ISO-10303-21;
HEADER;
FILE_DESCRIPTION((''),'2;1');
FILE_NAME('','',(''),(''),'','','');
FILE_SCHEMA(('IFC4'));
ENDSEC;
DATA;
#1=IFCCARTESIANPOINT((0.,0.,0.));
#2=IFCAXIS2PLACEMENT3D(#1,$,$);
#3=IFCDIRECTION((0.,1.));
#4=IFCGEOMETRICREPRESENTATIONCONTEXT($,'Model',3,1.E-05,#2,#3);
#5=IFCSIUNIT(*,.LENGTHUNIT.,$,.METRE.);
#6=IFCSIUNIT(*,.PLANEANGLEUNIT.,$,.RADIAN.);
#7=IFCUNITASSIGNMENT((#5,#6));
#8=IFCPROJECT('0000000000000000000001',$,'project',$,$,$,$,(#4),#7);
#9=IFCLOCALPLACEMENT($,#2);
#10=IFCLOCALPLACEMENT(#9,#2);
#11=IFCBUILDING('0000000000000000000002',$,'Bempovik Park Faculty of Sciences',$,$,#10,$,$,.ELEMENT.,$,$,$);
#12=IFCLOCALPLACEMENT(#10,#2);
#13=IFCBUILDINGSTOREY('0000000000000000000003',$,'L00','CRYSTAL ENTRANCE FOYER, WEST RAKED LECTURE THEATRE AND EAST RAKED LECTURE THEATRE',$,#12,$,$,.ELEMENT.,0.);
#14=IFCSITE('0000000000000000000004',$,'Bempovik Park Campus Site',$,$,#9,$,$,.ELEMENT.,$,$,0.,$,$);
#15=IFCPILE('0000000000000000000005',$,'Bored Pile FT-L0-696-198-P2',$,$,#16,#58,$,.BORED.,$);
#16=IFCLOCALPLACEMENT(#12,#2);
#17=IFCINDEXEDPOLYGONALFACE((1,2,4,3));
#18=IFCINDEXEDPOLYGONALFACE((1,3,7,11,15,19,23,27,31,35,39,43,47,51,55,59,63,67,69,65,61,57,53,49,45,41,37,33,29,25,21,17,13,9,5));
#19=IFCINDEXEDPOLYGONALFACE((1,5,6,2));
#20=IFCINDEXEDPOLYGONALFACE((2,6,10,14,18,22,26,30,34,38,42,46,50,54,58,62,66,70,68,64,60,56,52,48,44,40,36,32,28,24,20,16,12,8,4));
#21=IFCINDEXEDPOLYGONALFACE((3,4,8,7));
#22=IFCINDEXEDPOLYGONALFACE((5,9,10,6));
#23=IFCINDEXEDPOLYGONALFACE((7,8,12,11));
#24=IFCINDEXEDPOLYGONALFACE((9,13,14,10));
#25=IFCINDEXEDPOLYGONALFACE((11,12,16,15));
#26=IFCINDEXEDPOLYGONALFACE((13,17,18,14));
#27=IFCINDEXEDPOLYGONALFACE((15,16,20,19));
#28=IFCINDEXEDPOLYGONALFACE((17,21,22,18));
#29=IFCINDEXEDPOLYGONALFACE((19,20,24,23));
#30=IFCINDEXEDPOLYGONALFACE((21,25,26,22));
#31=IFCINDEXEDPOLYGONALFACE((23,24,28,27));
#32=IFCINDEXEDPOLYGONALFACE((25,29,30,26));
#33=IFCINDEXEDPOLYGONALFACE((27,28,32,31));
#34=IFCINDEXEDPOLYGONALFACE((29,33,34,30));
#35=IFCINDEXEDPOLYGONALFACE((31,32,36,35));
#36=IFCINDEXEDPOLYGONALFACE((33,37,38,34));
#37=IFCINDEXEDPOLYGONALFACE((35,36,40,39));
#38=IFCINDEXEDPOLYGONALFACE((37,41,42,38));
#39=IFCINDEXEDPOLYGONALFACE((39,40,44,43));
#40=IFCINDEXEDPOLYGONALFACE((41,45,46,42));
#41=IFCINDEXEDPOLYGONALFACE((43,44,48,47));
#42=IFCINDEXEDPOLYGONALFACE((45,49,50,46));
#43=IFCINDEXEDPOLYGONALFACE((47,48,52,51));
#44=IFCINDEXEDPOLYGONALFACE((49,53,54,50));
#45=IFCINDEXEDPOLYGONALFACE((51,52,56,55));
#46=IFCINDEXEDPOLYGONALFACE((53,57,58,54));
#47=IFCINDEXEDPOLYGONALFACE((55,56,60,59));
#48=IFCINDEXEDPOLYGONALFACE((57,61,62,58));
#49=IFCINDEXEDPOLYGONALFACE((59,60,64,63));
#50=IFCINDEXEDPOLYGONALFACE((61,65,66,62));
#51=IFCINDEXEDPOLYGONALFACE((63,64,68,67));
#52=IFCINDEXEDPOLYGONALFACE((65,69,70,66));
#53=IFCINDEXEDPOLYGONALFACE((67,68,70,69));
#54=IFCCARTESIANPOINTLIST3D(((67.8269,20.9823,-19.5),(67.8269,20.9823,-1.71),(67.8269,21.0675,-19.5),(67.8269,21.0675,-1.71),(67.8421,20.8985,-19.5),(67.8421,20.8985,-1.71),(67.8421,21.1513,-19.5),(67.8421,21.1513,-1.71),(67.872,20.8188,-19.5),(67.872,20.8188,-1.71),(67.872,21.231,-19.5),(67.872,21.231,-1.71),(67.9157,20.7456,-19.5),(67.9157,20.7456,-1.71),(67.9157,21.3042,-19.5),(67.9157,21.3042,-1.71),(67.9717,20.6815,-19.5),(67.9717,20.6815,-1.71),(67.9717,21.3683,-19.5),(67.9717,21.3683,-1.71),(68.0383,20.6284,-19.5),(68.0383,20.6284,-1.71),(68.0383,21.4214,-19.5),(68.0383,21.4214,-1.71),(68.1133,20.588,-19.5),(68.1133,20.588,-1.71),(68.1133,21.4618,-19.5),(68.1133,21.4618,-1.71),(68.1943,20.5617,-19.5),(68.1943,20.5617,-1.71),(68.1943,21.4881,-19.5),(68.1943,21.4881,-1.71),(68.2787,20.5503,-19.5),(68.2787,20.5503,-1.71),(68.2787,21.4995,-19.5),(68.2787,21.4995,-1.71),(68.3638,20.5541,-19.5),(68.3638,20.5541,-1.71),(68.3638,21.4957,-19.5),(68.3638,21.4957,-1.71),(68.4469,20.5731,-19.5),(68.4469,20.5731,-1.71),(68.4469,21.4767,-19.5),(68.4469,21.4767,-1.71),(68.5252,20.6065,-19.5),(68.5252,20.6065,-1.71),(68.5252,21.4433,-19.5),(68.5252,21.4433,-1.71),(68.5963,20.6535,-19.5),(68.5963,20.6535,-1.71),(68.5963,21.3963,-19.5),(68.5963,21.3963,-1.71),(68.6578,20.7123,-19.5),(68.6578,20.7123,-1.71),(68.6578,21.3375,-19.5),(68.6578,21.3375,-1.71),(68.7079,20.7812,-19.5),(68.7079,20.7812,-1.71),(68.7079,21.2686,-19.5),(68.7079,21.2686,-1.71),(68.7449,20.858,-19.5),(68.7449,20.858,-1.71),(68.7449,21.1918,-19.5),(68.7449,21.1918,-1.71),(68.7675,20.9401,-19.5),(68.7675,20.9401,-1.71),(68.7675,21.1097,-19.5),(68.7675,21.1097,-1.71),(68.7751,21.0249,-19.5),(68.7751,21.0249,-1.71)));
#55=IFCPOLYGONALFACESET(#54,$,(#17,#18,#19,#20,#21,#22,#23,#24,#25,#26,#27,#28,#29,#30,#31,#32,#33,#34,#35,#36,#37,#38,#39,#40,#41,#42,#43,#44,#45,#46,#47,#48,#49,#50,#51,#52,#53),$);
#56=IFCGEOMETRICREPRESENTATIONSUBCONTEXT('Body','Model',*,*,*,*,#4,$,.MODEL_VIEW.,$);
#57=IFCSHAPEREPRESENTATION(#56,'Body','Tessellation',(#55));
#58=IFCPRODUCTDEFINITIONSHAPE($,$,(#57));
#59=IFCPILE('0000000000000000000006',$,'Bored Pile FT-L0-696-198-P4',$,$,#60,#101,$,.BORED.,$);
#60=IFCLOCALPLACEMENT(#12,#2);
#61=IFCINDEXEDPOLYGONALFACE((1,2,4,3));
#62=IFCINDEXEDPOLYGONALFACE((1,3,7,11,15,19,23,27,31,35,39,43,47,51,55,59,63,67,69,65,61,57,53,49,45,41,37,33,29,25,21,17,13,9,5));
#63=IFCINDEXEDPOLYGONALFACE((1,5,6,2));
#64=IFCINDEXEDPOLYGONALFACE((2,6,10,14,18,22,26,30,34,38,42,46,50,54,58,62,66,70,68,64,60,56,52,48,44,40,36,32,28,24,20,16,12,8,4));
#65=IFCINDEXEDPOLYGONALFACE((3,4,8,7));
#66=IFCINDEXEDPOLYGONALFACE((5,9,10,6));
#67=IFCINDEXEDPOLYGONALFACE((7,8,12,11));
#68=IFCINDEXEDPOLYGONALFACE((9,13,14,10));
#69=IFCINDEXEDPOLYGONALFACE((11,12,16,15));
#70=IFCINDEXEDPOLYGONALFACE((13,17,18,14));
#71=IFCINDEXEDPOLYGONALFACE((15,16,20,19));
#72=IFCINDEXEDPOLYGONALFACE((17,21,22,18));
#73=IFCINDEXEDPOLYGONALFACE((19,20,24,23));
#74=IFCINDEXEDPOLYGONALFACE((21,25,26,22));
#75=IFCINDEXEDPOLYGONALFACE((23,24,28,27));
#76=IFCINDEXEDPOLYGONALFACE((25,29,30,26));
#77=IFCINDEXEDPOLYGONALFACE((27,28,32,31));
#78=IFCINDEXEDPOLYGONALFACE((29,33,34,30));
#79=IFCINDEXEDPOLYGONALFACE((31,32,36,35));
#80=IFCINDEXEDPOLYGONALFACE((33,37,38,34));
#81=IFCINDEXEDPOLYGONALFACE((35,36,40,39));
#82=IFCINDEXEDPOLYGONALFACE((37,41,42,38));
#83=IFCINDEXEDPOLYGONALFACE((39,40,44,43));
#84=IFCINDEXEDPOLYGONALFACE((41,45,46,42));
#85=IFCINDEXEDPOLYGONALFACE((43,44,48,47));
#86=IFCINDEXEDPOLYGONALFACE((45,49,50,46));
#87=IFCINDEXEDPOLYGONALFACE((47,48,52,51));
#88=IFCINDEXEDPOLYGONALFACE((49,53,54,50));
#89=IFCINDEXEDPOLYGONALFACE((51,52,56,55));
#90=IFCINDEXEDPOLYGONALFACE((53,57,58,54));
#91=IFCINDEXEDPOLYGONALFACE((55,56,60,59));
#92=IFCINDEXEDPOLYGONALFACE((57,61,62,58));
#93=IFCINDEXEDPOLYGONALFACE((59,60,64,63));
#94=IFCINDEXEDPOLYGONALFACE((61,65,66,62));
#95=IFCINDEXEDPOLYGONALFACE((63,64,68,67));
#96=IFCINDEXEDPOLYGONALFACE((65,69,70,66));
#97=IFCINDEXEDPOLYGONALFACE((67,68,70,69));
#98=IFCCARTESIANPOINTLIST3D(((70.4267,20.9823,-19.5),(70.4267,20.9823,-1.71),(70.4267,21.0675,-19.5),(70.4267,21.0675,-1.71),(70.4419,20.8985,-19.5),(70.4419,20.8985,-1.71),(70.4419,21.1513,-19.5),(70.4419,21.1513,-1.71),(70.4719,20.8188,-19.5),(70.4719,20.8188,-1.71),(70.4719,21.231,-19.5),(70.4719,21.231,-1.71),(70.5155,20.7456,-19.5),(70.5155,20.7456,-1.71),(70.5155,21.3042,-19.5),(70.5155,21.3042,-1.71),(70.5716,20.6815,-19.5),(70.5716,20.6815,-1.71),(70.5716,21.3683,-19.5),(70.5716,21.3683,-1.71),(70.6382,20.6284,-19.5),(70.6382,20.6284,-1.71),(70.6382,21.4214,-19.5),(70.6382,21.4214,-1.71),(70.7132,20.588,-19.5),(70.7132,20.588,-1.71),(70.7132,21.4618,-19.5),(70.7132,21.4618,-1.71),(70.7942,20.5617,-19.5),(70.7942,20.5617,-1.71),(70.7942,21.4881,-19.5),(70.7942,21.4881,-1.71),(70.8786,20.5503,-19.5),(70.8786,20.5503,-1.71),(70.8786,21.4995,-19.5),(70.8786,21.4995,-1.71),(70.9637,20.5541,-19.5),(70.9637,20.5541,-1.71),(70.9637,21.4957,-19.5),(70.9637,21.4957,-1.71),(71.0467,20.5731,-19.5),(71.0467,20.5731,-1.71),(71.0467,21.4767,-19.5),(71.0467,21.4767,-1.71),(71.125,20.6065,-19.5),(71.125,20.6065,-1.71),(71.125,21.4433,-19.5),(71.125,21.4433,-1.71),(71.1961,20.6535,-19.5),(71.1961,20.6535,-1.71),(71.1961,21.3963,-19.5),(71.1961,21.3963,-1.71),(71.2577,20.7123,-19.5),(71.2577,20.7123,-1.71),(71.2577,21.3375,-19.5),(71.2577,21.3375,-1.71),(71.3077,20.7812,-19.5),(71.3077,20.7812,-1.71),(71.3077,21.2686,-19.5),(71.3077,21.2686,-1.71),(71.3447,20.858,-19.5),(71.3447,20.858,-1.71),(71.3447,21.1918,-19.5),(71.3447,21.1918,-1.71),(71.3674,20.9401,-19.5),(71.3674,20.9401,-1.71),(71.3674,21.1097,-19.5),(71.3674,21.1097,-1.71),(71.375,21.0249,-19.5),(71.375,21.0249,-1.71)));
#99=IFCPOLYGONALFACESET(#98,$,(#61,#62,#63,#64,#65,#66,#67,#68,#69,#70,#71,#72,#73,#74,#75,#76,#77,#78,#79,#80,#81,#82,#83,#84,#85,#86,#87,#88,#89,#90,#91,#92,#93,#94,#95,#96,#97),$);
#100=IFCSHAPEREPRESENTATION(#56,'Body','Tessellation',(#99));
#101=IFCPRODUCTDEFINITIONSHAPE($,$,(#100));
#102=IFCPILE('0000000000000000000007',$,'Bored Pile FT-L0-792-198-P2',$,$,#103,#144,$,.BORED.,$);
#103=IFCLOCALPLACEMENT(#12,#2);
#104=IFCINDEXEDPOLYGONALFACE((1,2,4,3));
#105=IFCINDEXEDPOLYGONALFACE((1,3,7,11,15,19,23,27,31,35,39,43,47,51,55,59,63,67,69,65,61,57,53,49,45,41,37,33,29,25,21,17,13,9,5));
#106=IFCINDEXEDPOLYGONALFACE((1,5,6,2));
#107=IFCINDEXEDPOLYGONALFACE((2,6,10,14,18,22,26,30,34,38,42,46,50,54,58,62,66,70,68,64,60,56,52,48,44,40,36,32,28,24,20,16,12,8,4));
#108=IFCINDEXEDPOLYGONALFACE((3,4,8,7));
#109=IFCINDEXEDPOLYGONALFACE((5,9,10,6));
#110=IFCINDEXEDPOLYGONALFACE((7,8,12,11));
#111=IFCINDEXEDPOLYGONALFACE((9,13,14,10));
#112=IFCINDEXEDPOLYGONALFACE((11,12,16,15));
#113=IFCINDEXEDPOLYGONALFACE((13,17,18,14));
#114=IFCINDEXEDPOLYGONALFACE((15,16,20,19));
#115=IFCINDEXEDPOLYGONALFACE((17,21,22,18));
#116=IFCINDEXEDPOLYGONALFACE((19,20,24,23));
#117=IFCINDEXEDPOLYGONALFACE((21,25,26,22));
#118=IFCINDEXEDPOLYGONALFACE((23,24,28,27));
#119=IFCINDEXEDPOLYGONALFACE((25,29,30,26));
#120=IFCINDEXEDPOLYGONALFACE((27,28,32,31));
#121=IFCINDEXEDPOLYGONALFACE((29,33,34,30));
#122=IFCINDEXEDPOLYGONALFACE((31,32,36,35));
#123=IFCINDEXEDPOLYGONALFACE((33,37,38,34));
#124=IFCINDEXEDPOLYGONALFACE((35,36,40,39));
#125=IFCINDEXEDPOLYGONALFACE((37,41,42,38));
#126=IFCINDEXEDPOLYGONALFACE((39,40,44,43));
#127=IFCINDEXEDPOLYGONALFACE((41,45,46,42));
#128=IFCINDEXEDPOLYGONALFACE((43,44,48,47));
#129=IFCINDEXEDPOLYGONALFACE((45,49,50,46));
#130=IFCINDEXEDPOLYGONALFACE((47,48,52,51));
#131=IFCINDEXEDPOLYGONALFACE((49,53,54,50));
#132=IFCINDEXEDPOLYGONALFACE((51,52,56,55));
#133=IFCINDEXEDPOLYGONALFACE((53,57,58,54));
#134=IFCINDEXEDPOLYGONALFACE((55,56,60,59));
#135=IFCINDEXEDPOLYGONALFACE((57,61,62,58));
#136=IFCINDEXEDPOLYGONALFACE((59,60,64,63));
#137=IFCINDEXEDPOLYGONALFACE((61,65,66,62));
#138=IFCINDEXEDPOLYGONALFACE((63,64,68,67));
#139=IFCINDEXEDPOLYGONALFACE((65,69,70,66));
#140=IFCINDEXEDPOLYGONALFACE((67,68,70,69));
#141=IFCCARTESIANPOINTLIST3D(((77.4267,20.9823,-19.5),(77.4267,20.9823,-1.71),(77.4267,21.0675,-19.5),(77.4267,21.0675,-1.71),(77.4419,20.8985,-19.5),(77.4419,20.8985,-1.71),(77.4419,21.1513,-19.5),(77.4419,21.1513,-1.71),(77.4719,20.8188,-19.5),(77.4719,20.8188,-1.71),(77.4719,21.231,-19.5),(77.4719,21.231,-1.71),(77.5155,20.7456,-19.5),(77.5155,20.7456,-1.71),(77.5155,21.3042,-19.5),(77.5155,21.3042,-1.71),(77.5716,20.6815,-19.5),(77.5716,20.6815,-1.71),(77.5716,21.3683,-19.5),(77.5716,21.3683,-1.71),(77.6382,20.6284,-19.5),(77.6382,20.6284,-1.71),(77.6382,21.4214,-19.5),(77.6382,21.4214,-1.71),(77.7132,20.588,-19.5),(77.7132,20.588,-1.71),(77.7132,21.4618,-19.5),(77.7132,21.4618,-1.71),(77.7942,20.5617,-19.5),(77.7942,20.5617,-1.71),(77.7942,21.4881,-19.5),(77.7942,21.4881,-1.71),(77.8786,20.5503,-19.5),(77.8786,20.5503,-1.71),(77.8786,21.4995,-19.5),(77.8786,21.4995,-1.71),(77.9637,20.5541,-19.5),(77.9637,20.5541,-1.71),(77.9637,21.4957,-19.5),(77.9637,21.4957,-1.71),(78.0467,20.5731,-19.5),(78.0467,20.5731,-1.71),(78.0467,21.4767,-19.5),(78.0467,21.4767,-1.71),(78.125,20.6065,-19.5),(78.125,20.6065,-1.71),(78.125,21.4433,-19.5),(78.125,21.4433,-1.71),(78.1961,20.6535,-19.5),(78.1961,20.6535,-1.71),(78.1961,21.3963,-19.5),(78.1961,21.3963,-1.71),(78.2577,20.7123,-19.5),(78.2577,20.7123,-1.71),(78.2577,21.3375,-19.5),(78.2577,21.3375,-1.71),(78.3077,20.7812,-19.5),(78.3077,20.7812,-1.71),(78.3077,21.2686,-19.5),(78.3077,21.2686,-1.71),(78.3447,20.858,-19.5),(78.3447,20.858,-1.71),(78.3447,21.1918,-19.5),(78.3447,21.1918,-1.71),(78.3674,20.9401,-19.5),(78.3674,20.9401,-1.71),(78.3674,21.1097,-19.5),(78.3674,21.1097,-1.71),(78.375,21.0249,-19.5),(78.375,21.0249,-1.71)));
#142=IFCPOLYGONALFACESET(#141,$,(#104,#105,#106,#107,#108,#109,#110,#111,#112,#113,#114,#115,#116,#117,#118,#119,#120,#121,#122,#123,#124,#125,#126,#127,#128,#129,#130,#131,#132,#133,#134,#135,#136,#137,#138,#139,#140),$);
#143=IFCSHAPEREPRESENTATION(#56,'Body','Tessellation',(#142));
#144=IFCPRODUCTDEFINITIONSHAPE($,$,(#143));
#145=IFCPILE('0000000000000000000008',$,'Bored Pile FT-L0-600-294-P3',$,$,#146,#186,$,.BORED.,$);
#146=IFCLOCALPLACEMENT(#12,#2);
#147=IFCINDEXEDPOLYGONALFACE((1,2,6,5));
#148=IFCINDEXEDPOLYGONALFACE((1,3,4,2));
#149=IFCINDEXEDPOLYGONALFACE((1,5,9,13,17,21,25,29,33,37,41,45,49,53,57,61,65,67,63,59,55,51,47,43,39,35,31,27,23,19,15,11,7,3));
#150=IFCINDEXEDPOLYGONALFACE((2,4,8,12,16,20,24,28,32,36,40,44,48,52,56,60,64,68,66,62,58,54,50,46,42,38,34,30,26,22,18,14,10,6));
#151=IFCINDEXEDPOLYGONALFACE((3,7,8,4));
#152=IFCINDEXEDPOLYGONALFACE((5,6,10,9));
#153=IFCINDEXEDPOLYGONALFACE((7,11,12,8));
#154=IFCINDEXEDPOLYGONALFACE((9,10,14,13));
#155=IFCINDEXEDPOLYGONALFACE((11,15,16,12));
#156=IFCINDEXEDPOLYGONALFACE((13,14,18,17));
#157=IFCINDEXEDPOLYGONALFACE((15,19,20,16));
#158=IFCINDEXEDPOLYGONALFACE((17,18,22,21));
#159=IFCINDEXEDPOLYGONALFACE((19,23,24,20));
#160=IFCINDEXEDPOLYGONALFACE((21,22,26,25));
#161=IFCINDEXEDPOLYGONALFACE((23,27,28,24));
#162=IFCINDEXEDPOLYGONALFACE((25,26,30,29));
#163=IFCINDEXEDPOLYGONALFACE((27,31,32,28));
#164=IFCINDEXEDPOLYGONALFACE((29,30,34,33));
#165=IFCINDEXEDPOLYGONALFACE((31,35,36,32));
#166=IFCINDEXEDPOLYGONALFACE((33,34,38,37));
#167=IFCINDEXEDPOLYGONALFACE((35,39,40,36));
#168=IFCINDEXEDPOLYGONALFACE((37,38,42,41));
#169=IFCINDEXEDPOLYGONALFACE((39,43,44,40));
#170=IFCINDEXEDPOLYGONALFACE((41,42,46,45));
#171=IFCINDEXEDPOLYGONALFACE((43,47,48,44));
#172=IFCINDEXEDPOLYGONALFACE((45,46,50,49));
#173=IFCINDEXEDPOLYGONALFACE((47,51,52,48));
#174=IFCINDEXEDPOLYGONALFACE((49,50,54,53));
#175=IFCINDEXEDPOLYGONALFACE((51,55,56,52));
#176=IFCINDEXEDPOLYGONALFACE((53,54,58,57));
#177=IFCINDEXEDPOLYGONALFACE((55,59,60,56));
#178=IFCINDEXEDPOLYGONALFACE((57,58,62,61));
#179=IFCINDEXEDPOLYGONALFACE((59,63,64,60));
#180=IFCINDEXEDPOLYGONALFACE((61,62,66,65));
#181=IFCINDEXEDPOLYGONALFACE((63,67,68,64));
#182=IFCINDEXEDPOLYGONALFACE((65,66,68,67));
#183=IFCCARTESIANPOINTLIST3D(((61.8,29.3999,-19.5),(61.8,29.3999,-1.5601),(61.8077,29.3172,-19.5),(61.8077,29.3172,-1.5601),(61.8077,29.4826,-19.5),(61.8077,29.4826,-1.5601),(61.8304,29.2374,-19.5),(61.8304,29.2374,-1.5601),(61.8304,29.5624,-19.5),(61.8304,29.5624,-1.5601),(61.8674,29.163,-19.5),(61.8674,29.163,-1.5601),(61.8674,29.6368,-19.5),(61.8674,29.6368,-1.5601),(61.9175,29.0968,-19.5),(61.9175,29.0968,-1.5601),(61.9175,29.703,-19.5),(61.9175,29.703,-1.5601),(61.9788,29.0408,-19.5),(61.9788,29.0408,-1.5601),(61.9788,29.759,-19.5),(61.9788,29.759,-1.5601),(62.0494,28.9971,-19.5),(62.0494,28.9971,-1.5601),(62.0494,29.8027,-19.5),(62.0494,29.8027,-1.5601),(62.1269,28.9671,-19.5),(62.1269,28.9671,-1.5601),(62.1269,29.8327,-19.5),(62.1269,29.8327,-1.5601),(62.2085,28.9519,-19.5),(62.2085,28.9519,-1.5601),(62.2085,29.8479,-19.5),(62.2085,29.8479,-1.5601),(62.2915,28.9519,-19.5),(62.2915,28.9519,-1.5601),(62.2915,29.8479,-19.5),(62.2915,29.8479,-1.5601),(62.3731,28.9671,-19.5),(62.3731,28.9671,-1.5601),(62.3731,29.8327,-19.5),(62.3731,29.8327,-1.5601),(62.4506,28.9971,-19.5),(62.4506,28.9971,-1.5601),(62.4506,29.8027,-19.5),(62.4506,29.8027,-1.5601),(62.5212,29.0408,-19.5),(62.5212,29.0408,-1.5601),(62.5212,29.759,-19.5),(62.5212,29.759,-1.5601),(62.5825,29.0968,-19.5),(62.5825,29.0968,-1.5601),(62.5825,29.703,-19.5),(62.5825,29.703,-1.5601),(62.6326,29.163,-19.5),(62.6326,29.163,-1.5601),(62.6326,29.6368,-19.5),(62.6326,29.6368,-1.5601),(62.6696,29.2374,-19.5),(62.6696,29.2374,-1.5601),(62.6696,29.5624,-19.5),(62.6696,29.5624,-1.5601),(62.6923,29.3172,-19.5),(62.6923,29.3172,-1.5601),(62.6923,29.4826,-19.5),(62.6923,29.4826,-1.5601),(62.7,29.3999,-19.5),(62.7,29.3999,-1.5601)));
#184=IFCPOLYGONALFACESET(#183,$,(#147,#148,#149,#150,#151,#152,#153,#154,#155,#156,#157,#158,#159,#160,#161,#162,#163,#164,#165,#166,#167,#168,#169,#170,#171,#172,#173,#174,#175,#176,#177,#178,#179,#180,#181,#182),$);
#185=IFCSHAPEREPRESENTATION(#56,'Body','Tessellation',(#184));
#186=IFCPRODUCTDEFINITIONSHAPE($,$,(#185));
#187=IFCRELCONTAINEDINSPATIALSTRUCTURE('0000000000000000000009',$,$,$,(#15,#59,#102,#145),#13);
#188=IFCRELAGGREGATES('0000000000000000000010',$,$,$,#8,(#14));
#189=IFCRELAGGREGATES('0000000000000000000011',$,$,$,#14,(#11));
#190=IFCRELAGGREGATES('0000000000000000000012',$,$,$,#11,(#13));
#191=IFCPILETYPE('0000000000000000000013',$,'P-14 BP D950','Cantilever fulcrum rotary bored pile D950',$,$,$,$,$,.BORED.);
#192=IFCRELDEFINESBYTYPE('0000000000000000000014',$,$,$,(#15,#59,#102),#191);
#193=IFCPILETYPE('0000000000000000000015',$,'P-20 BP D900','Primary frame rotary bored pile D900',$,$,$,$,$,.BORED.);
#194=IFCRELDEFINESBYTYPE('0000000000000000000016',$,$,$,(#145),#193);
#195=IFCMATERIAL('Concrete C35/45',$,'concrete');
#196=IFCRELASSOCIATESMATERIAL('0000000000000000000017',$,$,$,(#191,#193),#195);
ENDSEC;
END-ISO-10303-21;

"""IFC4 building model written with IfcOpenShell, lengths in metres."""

from ifc_helpers import new_model, si_unit, direction, frame, origin, origin_2d, place, context, subcontext, project, spatial, circle, extrude, material, material_profile, profile_set, type_object, element, save


model = new_model("IFC4")

# Units and contexts
model_context = context("Model", 3, precision=1e-05, world=origin(), true_north=direction((0.0, 1.0)))
body_context = subcontext(model_context, "Body", "Model", "MODEL_VIEW")
ifc_project = project(units=[si_unit("LENGTHUNIT", "METRE"), si_unit("PLANEANGLEUNIT", "RADIAN")], contexts=[model_context])

# Site, building, storey
site_placement = place(None, origin())
site = spatial("IfcSite", under=ifc_project, at=site_placement, Name="Bempovik Park Campus Site", CompositionType="ELEMENT", RefElevation=0.0)
building_placement = place(site_placement, origin())
building = spatial("IfcBuilding", under=site, at=building_placement, Name="Bempovik Park Faculty of Sciences", CompositionType="ELEMENT")
storey_placement = place(building_placement, origin())
storey = spatial("IfcBuildingStorey", under=building, at=storey_placement, Name="L00", Description="CRYSTAL ENTRANCE FOYER, WEST RAKED LECTURE THEATRE AND EAST RAKED LECTURE THEATRE", CompositionType="ELEMENT", Elevation=0.0)

# Shared definitions
ifc_material_1 = material(Name="Concrete C35/45", Category="concrete")

# Piles
ifc_material_profile_1 = material_profile(ifc_material_1, circle(Radius=0.4751, at=origin_2d()), Name="BP D950")
ifc_profile_set_1 = profile_set([ifc_material_profile_1], Name="Concrete C35/45")
pile_type_1 = type_object("IfcPileType", Name="P-14 BP D950", Description="Cantilever fulcrum rotary bored pile D950", PredefinedType="BORED", material=ifc_profile_set_1)
for number, where, z_axis, x_axis, name in (
    (1, (68.3, 21.0249, -1.71), (0.0, 0.0, -1.0), (1.0, 0.0, 0.0), "Bored Pile FT-L0-696-198-P2"),
    (2, (70.8999, 21.0249, -1.71), (0.0, 0.0, -1.0), (1.0, 0.0, 0.0), "Bored Pile FT-L0-696-198-P4"),
    (3, (77.8999, 21.0249, -1.71), (0.0, 0.0, -1.0), (1.0, 0.0, 0.0), "Bored Pile FT-L0-792-198-P2"),
):
    element("IfcPile", number, at=place(storey_placement, frame(where, z_axis=z_axis, x_axis=x_axis)), inside=storey, type_object=pile_type_1, Name=name, PredefinedType="BORED", context=body_context, shape_type="SweptSolid", body=[
        extrude(circle(Radius=0.4751, at=origin_2d()), origin(), (0.0, 0.0, 1.0), 17.79),
    ])
ifc_material_profile_2 = material_profile(ifc_material_1, circle(Radius=0.45, at=origin_2d()), Name="BP D900")
ifc_profile_set_2 = profile_set([ifc_material_profile_2], Name="Concrete C35/45")
pile_type_2 = type_object("IfcPileType", Name="P-20 BP D900", Description="Primary frame rotary bored pile D900", PredefinedType="BORED", material=ifc_profile_set_2)
pile_placement = place(storey_placement, frame((62.25, 29.3999, -1.5601), z_axis=(0.0, 0.0, -1.0), x_axis=(1.0, 0.0, 0.0)))
element("IfcPile", 4, at=pile_placement, inside=storey, type_object=pile_type_2, Name="Bored Pile FT-L0-600-294-P3", PredefinedType="BORED", context=body_context, shape_type="SweptSolid", body=[
    extrude(circle(Radius=0.45, at=origin_2d()), origin(), (0.0, 0.0, 1.0), 17.9399),
])

save(model, "model.ifc")
